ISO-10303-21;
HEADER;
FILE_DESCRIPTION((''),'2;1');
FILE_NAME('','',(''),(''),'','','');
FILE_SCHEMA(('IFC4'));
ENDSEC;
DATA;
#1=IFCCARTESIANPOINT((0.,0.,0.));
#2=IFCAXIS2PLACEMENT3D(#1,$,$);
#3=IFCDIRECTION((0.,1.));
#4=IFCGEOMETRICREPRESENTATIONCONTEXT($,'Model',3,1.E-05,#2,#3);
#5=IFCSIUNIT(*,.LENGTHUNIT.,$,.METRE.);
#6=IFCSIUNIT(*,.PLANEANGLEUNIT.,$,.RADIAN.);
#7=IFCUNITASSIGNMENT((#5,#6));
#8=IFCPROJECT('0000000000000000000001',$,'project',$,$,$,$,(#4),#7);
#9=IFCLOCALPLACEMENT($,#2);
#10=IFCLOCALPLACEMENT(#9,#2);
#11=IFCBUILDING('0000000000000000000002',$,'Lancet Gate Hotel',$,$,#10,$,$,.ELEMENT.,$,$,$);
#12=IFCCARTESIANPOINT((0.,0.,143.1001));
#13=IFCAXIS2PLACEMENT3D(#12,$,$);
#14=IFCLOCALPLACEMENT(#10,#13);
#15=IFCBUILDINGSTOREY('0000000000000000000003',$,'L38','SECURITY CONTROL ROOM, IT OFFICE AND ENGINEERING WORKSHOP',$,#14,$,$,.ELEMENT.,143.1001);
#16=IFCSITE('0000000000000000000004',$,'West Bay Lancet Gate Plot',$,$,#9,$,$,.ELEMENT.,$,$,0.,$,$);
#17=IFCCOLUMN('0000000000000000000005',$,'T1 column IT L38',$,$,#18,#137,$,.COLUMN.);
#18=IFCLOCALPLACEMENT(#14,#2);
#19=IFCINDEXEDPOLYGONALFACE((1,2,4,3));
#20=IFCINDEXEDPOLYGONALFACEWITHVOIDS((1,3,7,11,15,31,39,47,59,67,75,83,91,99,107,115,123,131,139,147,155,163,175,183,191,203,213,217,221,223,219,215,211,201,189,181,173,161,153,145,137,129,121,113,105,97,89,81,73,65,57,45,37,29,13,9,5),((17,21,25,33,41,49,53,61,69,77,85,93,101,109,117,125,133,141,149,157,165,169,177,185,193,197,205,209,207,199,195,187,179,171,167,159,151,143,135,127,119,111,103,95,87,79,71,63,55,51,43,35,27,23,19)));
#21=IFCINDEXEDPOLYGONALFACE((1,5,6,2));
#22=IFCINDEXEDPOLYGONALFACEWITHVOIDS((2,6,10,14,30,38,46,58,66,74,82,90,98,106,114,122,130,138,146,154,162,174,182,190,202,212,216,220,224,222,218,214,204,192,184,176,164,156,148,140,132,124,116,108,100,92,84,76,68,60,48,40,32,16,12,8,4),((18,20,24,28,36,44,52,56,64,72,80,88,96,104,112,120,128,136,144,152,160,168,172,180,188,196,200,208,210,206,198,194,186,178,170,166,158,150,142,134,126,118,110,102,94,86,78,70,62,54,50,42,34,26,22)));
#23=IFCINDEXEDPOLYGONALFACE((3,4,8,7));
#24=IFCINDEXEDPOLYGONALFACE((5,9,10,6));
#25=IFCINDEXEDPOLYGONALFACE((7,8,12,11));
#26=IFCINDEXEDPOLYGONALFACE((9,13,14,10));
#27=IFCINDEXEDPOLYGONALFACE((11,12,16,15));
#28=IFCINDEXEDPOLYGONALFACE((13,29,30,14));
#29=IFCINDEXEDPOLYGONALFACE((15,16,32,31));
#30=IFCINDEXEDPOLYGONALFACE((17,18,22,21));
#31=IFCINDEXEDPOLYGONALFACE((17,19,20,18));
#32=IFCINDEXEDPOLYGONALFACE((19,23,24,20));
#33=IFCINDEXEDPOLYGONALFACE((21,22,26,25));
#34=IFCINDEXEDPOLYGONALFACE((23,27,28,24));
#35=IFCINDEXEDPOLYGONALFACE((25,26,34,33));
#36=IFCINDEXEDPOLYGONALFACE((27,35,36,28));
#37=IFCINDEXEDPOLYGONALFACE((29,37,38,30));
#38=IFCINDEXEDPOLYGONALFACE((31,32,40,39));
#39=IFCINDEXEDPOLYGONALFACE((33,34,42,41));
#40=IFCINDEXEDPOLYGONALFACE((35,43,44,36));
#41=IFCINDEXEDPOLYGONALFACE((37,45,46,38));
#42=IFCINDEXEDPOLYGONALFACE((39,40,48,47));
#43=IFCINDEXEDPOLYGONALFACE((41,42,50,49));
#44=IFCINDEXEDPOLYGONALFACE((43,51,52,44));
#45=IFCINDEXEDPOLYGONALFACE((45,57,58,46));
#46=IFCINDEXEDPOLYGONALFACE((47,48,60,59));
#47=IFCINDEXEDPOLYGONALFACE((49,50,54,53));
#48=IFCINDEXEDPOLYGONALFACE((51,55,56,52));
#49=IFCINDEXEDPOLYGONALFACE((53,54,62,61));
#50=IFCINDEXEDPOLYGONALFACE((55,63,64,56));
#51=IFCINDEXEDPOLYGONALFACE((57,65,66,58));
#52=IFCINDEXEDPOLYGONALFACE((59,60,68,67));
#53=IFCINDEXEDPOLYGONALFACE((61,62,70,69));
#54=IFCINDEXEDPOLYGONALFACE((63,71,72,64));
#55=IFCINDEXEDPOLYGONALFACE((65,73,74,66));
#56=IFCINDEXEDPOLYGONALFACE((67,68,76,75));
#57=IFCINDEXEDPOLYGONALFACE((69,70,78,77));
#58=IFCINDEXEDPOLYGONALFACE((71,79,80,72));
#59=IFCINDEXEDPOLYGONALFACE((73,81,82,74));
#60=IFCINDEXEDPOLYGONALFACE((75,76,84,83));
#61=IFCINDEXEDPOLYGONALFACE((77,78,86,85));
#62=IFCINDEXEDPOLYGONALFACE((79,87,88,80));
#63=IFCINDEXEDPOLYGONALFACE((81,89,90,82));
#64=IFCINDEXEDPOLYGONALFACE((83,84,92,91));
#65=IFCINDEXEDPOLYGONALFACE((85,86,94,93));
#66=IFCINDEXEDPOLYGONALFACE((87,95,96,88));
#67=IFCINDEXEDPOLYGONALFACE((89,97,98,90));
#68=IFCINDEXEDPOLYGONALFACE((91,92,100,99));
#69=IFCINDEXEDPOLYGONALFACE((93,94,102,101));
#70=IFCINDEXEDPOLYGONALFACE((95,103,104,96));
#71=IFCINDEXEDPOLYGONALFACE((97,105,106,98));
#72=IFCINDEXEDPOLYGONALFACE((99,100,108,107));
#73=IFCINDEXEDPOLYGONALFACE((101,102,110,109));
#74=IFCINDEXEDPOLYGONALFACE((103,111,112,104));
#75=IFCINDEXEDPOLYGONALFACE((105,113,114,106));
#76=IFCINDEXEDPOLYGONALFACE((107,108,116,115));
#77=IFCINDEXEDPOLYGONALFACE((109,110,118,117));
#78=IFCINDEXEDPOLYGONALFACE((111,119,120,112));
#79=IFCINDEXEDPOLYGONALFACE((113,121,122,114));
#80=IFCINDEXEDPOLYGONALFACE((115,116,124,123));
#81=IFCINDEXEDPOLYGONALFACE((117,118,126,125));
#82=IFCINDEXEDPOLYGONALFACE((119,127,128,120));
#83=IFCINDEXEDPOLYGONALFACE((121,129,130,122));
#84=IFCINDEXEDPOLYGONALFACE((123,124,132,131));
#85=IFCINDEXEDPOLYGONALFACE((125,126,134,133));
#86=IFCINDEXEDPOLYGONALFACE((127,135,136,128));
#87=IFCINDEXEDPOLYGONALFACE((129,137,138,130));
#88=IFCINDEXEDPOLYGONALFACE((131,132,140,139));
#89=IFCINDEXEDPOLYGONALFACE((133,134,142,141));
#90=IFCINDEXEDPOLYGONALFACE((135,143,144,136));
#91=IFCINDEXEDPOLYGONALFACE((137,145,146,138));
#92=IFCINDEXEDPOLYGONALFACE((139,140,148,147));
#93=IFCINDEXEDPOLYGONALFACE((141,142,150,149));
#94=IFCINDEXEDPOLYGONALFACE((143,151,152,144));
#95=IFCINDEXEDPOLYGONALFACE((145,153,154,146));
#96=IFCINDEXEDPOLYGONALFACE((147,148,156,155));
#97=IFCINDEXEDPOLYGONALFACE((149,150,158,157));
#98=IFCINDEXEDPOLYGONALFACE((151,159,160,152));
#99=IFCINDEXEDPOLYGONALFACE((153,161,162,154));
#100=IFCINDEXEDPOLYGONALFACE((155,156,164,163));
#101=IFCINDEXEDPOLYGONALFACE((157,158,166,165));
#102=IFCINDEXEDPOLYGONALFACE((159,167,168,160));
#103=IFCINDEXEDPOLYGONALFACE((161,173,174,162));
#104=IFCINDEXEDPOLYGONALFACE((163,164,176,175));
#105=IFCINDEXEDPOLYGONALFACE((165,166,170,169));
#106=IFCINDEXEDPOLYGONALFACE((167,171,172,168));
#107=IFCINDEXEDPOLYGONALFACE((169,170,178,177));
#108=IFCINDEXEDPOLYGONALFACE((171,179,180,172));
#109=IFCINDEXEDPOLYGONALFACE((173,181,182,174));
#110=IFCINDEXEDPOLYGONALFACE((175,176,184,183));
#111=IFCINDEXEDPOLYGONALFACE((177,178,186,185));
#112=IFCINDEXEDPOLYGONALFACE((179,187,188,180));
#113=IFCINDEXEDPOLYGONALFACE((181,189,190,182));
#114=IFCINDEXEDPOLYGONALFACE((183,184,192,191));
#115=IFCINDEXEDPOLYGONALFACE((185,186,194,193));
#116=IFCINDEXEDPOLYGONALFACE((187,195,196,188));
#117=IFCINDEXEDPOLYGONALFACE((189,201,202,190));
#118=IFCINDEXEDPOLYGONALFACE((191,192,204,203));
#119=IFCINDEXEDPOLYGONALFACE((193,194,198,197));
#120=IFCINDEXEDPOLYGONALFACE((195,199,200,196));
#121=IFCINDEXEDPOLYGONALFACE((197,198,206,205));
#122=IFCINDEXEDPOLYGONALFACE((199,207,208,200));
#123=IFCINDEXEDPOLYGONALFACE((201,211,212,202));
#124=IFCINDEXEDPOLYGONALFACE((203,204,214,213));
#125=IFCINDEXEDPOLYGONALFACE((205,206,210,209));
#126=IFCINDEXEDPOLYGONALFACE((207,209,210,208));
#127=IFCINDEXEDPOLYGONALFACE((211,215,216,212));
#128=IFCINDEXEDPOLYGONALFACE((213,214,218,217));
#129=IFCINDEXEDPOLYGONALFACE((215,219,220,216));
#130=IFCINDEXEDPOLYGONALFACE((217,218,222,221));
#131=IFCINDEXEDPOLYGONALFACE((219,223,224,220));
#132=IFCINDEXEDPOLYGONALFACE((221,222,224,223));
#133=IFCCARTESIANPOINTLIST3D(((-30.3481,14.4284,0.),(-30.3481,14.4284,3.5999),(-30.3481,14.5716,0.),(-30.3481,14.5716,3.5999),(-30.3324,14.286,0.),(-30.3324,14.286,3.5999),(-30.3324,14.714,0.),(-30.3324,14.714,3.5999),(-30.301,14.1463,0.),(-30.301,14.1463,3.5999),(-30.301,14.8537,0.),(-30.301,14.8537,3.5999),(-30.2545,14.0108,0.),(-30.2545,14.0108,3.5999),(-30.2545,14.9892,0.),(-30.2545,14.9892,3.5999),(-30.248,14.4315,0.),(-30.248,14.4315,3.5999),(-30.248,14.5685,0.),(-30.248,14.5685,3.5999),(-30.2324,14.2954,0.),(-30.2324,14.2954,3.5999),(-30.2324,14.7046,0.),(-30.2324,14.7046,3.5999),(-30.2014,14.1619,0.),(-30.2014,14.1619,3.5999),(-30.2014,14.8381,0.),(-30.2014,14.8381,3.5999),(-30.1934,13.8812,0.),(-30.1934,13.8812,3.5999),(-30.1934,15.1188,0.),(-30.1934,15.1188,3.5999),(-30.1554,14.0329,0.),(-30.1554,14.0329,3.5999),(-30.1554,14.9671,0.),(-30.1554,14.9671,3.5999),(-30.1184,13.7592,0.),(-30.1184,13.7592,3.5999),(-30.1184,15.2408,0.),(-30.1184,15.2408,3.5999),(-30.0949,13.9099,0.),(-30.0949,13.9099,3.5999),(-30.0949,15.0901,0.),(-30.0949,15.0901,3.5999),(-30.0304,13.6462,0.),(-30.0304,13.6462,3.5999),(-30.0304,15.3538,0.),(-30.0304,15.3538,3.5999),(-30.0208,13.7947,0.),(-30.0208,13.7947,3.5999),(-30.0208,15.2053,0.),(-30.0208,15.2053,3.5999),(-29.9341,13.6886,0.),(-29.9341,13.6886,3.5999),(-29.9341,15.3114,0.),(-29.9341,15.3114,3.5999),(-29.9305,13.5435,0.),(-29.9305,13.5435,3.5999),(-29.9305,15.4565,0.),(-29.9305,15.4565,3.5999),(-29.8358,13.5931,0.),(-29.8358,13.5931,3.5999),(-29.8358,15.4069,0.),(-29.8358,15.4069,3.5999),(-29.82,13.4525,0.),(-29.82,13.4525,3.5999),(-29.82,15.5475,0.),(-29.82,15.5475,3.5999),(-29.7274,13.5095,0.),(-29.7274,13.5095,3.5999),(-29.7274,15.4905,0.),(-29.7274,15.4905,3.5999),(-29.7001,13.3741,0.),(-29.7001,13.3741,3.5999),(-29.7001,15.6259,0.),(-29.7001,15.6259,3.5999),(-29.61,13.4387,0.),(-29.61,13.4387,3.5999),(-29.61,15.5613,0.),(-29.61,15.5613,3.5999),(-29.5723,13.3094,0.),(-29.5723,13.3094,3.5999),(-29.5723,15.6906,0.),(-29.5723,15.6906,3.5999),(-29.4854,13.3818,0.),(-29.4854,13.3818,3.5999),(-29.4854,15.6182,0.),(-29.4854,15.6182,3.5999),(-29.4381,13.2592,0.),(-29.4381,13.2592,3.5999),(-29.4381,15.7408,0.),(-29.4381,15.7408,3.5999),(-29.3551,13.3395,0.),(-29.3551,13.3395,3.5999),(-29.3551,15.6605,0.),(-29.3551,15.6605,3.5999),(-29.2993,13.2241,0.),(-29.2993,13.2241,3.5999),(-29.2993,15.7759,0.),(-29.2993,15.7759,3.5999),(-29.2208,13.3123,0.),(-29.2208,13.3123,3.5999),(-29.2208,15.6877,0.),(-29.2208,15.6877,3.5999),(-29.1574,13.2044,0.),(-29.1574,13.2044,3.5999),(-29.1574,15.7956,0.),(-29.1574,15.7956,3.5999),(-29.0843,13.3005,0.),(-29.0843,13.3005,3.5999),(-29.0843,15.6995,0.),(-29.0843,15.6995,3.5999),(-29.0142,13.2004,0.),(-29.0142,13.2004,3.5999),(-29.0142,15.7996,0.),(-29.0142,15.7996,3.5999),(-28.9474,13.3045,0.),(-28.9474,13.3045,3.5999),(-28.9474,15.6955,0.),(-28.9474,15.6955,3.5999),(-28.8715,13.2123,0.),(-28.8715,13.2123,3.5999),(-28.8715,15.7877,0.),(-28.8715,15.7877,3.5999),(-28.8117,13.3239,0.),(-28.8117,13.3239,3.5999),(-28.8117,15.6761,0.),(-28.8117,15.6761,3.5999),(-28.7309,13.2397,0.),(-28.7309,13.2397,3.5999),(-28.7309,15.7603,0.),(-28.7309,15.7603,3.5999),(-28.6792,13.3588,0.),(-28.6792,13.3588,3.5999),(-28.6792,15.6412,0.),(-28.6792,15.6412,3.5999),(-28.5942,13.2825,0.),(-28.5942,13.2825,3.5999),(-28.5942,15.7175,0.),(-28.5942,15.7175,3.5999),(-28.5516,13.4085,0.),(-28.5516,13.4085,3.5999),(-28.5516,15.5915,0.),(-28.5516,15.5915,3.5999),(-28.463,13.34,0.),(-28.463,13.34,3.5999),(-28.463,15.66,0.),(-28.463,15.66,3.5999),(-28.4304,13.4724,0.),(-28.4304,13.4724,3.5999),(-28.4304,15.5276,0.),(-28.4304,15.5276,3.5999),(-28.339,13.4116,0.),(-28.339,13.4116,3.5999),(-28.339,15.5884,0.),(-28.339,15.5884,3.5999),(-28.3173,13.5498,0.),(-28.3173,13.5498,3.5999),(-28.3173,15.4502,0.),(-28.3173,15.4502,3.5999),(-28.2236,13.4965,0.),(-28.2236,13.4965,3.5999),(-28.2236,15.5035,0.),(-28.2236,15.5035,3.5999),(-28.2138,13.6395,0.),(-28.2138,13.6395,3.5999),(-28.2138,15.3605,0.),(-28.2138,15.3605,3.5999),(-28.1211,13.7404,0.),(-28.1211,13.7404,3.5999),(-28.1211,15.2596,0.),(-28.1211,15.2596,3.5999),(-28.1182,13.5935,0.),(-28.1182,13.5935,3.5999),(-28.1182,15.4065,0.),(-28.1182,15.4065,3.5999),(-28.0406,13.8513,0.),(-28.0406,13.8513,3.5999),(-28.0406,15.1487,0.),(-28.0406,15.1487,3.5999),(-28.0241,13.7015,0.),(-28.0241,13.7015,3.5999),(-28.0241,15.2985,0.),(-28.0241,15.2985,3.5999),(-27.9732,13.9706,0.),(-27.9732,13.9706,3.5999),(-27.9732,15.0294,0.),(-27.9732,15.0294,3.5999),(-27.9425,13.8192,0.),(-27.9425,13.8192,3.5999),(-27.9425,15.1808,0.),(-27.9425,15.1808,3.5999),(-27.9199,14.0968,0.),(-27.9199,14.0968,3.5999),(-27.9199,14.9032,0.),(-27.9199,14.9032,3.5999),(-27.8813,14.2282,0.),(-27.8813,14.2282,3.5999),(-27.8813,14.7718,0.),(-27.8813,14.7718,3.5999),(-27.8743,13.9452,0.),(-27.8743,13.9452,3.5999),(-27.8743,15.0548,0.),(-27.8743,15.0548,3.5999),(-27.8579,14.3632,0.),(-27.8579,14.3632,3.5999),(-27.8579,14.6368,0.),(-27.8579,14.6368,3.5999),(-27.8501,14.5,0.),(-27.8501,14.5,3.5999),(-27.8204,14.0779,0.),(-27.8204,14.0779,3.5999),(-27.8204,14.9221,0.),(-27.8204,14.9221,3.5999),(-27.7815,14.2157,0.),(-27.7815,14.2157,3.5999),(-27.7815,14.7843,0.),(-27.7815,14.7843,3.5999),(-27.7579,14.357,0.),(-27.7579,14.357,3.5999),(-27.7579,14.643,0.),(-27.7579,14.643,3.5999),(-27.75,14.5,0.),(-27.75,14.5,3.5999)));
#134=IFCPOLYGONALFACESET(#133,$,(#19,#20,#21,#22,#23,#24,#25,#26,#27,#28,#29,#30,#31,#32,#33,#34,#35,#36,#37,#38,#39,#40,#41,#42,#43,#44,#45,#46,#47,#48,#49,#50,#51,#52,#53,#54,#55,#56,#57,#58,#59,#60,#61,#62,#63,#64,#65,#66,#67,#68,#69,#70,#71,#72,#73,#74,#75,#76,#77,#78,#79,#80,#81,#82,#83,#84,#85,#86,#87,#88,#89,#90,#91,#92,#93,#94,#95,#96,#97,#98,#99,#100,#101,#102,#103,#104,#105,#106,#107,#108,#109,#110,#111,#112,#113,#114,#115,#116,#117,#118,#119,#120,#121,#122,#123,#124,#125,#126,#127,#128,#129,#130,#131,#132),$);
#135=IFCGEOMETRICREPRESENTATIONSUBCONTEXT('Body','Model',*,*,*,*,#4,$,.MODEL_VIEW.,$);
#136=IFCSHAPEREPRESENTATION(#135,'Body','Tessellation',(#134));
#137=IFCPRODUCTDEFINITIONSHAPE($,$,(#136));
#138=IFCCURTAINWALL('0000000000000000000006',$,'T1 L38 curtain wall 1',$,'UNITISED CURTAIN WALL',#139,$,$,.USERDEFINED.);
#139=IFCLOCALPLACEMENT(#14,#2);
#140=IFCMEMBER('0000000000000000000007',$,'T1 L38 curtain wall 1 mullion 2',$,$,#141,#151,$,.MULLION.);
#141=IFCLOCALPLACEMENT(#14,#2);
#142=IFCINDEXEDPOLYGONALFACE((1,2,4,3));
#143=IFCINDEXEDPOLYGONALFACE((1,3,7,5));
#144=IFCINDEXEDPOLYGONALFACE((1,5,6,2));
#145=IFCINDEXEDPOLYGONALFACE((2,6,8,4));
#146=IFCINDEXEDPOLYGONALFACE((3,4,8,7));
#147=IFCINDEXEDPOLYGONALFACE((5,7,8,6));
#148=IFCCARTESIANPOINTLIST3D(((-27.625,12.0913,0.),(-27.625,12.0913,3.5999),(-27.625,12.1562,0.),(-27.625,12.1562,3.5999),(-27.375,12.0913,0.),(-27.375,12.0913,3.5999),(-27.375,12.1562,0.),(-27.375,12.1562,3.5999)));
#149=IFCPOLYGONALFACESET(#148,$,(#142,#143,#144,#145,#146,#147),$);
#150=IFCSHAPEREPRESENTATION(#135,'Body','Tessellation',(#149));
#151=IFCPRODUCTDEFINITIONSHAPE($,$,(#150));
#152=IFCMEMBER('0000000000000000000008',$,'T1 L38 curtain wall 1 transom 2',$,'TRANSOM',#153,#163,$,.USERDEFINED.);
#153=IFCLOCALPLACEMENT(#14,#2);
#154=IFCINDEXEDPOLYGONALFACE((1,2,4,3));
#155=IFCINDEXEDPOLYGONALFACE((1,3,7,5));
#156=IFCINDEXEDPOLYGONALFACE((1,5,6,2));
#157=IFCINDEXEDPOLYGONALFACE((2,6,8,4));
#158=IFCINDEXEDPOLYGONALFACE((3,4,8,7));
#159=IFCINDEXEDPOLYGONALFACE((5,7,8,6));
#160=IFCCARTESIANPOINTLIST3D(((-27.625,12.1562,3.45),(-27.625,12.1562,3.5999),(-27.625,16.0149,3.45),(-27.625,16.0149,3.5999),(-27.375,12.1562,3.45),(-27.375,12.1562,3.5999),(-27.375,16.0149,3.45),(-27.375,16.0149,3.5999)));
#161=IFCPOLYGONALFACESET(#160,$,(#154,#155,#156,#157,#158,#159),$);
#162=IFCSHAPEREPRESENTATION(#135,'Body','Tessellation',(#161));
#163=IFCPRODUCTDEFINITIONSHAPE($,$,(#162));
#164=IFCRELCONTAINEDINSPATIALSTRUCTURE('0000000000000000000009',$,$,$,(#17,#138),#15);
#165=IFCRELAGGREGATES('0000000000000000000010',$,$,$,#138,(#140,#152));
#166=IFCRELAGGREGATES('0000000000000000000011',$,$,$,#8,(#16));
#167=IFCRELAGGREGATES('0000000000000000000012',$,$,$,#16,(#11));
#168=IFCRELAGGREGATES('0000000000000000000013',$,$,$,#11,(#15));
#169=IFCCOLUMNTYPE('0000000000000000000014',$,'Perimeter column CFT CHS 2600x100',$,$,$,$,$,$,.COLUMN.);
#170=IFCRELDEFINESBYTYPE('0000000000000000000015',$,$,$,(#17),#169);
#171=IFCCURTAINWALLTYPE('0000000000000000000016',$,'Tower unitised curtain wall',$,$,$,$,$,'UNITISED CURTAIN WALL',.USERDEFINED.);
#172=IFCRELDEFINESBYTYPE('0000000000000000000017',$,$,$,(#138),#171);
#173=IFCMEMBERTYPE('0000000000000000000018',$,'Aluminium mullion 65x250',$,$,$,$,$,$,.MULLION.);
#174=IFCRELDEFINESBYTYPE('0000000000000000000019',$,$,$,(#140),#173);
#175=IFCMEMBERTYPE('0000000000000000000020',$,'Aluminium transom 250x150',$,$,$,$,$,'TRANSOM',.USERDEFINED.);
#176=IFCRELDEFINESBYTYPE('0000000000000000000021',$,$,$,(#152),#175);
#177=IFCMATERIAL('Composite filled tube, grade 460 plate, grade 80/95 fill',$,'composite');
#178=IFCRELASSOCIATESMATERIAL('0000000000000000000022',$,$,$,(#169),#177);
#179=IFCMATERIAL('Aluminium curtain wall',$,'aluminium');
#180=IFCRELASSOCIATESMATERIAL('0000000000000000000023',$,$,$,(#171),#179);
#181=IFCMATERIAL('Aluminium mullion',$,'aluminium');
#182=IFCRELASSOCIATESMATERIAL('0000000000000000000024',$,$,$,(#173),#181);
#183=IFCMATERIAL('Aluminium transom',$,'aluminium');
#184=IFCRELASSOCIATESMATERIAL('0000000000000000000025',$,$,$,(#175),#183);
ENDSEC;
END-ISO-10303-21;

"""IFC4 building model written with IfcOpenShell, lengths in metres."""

from ifc_helpers import new_model, si_unit, direction, frame, origin, origin_2d, place, context, subcontext, project, spatial, rectangle, hollow_circle, extrude, material, material_profile, profile_set, type_object, element, aggregate, save


model = new_model("IFC4")

# Units and contexts
model_context = context("Model", 3, precision=1e-05, world=origin(), true_north=direction((0.0, 1.0)))
body_context = subcontext(model_context, "Body", "Model", "MODEL_VIEW")
ifc_project = project(units=[si_unit("LENGTHUNIT", "METRE"), si_unit("PLANEANGLEUNIT", "RADIAN")], contexts=[model_context])

# Site, building, storey
site_placement = place(None, origin())
site = spatial("IfcSite", under=ifc_project, at=site_placement, Name="West Bay Lancet Gate Plot", CompositionType="ELEMENT", RefElevation=0.0)
building_placement = place(site_placement, origin())
building = spatial("IfcBuilding", under=site, at=building_placement, Name="Lancet Gate Hotel", CompositionType="ELEMENT")
storey_placement = place(building_placement, frame((0.0, 0.0, 143.1001)))
storey = spatial("IfcBuildingStorey", under=building, at=storey_placement, Name="L38", Description="SECURITY CONTROL ROOM, IT OFFICE AND ENGINEERING WORKSHOP", CompositionType="ELEMENT", Elevation=143.1001)

# Column
ifc_material_1 = material(Name="Composite filled tube, grade 460 plate, grade 80/95 fill", Category="composite")
ifc_material_profile_1 = material_profile(ifc_material_1, hollow_circle(Radius=1.3, WallThickness=0.1001, at=origin_2d()), Name="CHS 2600x100")
ifc_profile_set_1 = profile_set([ifc_material_profile_1], Name="Composite filled tube, grade 460 plate, grade 80/95 fill")
column_type = type_object("IfcColumnType", Name="Perimeter column CFT CHS 2600x100", PredefinedType="COLUMN", material=ifc_profile_set_1)
for number, where, z_axis, x_axis, name in (
    (1, (-29.05, 14.5, 0.0), (0.0, 0.0, 1.0), (1.0, 0.0, 0.0), "T1 column IT L38"),
):
    element("IfcColumn", number, at=place(storey_placement, frame(where, z_axis=z_axis, x_axis=x_axis)), inside=storey, type_object=column_type, Name=name, PredefinedType="COLUMN", context=body_context, shape_type="SweptSolid", body=[
        extrude(hollow_circle(Radius=1.3, WallThickness=0.1001, at=origin_2d()), origin(), (0.0, 0.0, 1.0), 3.5999),
    ])

# Curtain wall, members
ifc_material_2 = material(Name="Aluminium curtain wall", Category="aluminium")
curtain_wall_type = type_object("IfcCurtainWallType", Name="Tower unitised curtain wall", ElementType="UNITISED CURTAIN WALL", PredefinedType="USERDEFINED", material=ifc_material_2)
curtain_wall_placement = place(storey_placement, origin())
curtain_wall = element("IfcCurtainWall", 2, at=curtain_wall_placement, inside=storey, type_object=curtain_wall_type, Name="T1 L38 curtain wall 1", ObjectType="UNITISED CURTAIN WALL", PredefinedType="USERDEFINED")
ifc_material_3 = material(Name="Aluminium mullion", Category="aluminium")
ifc_material_profile_2 = material_profile(ifc_material_3, rectangle(XDim=0.0649, YDim=0.25, at=origin_2d()), Name="MULLION 65x250")
ifc_profile_set_2 = profile_set([ifc_material_profile_2], Name="Aluminium mullion")
member_type_1 = type_object("IfcMemberType", Name="Aluminium mullion 65x250", PredefinedType="MULLION", material=ifc_profile_set_2)
member_1_placement = place(storey_placement, frame((-27.5, 12.1238, 0.0), z_axis=(0.0, 0.0, 1.0), x_axis=(0.0, 1.0, 0.0)))
member_1 = element("IfcMember", 3, at=member_1_placement, type_object=member_type_1, Name="T1 L38 curtain wall 1 mullion 2", PredefinedType="MULLION", context=body_context, shape_type="SweptSolid", body=[
    extrude(rectangle(XDim=0.0649, YDim=0.25, at=origin_2d()), origin(), (0.0, 0.0, 1.0), 3.5999),
])
ifc_material_4 = material(Name="Aluminium transom", Category="aluminium")
ifc_material_profile_3 = material_profile(ifc_material_4, rectangle(XDim=0.25, YDim=0.1499, at=origin_2d()), Name="TRANSOM 250x150")
ifc_profile_set_3 = profile_set([ifc_material_profile_3], Name="Aluminium transom")
member_type_2 = type_object("IfcMemberType", Name="Aluminium transom 250x150", ElementType="TRANSOM", PredefinedType="USERDEFINED", material=ifc_profile_set_3)
member_2_placement = place(storey_placement, frame((-27.5, 12.1562, 3.5249), z_axis=(0.0, 1.0, 0.0), x_axis=(-1.0, 0.0, 0.0)))
member_2 = element("IfcMember", 4, at=member_2_placement, type_object=member_type_2, Name="T1 L38 curtain wall 1 transom 2", ObjectType="TRANSOM", PredefinedType="USERDEFINED", context=body_context, shape_type="SweptSolid", body=[
    extrude(rectangle(XDim=0.25, YDim=0.1499, at=origin_2d()), origin(), (0.0, 0.0, 1.0), 3.8586),
])

aggregate(curtain_wall, [member_1, member_2])

save(model, "model.ifc")
